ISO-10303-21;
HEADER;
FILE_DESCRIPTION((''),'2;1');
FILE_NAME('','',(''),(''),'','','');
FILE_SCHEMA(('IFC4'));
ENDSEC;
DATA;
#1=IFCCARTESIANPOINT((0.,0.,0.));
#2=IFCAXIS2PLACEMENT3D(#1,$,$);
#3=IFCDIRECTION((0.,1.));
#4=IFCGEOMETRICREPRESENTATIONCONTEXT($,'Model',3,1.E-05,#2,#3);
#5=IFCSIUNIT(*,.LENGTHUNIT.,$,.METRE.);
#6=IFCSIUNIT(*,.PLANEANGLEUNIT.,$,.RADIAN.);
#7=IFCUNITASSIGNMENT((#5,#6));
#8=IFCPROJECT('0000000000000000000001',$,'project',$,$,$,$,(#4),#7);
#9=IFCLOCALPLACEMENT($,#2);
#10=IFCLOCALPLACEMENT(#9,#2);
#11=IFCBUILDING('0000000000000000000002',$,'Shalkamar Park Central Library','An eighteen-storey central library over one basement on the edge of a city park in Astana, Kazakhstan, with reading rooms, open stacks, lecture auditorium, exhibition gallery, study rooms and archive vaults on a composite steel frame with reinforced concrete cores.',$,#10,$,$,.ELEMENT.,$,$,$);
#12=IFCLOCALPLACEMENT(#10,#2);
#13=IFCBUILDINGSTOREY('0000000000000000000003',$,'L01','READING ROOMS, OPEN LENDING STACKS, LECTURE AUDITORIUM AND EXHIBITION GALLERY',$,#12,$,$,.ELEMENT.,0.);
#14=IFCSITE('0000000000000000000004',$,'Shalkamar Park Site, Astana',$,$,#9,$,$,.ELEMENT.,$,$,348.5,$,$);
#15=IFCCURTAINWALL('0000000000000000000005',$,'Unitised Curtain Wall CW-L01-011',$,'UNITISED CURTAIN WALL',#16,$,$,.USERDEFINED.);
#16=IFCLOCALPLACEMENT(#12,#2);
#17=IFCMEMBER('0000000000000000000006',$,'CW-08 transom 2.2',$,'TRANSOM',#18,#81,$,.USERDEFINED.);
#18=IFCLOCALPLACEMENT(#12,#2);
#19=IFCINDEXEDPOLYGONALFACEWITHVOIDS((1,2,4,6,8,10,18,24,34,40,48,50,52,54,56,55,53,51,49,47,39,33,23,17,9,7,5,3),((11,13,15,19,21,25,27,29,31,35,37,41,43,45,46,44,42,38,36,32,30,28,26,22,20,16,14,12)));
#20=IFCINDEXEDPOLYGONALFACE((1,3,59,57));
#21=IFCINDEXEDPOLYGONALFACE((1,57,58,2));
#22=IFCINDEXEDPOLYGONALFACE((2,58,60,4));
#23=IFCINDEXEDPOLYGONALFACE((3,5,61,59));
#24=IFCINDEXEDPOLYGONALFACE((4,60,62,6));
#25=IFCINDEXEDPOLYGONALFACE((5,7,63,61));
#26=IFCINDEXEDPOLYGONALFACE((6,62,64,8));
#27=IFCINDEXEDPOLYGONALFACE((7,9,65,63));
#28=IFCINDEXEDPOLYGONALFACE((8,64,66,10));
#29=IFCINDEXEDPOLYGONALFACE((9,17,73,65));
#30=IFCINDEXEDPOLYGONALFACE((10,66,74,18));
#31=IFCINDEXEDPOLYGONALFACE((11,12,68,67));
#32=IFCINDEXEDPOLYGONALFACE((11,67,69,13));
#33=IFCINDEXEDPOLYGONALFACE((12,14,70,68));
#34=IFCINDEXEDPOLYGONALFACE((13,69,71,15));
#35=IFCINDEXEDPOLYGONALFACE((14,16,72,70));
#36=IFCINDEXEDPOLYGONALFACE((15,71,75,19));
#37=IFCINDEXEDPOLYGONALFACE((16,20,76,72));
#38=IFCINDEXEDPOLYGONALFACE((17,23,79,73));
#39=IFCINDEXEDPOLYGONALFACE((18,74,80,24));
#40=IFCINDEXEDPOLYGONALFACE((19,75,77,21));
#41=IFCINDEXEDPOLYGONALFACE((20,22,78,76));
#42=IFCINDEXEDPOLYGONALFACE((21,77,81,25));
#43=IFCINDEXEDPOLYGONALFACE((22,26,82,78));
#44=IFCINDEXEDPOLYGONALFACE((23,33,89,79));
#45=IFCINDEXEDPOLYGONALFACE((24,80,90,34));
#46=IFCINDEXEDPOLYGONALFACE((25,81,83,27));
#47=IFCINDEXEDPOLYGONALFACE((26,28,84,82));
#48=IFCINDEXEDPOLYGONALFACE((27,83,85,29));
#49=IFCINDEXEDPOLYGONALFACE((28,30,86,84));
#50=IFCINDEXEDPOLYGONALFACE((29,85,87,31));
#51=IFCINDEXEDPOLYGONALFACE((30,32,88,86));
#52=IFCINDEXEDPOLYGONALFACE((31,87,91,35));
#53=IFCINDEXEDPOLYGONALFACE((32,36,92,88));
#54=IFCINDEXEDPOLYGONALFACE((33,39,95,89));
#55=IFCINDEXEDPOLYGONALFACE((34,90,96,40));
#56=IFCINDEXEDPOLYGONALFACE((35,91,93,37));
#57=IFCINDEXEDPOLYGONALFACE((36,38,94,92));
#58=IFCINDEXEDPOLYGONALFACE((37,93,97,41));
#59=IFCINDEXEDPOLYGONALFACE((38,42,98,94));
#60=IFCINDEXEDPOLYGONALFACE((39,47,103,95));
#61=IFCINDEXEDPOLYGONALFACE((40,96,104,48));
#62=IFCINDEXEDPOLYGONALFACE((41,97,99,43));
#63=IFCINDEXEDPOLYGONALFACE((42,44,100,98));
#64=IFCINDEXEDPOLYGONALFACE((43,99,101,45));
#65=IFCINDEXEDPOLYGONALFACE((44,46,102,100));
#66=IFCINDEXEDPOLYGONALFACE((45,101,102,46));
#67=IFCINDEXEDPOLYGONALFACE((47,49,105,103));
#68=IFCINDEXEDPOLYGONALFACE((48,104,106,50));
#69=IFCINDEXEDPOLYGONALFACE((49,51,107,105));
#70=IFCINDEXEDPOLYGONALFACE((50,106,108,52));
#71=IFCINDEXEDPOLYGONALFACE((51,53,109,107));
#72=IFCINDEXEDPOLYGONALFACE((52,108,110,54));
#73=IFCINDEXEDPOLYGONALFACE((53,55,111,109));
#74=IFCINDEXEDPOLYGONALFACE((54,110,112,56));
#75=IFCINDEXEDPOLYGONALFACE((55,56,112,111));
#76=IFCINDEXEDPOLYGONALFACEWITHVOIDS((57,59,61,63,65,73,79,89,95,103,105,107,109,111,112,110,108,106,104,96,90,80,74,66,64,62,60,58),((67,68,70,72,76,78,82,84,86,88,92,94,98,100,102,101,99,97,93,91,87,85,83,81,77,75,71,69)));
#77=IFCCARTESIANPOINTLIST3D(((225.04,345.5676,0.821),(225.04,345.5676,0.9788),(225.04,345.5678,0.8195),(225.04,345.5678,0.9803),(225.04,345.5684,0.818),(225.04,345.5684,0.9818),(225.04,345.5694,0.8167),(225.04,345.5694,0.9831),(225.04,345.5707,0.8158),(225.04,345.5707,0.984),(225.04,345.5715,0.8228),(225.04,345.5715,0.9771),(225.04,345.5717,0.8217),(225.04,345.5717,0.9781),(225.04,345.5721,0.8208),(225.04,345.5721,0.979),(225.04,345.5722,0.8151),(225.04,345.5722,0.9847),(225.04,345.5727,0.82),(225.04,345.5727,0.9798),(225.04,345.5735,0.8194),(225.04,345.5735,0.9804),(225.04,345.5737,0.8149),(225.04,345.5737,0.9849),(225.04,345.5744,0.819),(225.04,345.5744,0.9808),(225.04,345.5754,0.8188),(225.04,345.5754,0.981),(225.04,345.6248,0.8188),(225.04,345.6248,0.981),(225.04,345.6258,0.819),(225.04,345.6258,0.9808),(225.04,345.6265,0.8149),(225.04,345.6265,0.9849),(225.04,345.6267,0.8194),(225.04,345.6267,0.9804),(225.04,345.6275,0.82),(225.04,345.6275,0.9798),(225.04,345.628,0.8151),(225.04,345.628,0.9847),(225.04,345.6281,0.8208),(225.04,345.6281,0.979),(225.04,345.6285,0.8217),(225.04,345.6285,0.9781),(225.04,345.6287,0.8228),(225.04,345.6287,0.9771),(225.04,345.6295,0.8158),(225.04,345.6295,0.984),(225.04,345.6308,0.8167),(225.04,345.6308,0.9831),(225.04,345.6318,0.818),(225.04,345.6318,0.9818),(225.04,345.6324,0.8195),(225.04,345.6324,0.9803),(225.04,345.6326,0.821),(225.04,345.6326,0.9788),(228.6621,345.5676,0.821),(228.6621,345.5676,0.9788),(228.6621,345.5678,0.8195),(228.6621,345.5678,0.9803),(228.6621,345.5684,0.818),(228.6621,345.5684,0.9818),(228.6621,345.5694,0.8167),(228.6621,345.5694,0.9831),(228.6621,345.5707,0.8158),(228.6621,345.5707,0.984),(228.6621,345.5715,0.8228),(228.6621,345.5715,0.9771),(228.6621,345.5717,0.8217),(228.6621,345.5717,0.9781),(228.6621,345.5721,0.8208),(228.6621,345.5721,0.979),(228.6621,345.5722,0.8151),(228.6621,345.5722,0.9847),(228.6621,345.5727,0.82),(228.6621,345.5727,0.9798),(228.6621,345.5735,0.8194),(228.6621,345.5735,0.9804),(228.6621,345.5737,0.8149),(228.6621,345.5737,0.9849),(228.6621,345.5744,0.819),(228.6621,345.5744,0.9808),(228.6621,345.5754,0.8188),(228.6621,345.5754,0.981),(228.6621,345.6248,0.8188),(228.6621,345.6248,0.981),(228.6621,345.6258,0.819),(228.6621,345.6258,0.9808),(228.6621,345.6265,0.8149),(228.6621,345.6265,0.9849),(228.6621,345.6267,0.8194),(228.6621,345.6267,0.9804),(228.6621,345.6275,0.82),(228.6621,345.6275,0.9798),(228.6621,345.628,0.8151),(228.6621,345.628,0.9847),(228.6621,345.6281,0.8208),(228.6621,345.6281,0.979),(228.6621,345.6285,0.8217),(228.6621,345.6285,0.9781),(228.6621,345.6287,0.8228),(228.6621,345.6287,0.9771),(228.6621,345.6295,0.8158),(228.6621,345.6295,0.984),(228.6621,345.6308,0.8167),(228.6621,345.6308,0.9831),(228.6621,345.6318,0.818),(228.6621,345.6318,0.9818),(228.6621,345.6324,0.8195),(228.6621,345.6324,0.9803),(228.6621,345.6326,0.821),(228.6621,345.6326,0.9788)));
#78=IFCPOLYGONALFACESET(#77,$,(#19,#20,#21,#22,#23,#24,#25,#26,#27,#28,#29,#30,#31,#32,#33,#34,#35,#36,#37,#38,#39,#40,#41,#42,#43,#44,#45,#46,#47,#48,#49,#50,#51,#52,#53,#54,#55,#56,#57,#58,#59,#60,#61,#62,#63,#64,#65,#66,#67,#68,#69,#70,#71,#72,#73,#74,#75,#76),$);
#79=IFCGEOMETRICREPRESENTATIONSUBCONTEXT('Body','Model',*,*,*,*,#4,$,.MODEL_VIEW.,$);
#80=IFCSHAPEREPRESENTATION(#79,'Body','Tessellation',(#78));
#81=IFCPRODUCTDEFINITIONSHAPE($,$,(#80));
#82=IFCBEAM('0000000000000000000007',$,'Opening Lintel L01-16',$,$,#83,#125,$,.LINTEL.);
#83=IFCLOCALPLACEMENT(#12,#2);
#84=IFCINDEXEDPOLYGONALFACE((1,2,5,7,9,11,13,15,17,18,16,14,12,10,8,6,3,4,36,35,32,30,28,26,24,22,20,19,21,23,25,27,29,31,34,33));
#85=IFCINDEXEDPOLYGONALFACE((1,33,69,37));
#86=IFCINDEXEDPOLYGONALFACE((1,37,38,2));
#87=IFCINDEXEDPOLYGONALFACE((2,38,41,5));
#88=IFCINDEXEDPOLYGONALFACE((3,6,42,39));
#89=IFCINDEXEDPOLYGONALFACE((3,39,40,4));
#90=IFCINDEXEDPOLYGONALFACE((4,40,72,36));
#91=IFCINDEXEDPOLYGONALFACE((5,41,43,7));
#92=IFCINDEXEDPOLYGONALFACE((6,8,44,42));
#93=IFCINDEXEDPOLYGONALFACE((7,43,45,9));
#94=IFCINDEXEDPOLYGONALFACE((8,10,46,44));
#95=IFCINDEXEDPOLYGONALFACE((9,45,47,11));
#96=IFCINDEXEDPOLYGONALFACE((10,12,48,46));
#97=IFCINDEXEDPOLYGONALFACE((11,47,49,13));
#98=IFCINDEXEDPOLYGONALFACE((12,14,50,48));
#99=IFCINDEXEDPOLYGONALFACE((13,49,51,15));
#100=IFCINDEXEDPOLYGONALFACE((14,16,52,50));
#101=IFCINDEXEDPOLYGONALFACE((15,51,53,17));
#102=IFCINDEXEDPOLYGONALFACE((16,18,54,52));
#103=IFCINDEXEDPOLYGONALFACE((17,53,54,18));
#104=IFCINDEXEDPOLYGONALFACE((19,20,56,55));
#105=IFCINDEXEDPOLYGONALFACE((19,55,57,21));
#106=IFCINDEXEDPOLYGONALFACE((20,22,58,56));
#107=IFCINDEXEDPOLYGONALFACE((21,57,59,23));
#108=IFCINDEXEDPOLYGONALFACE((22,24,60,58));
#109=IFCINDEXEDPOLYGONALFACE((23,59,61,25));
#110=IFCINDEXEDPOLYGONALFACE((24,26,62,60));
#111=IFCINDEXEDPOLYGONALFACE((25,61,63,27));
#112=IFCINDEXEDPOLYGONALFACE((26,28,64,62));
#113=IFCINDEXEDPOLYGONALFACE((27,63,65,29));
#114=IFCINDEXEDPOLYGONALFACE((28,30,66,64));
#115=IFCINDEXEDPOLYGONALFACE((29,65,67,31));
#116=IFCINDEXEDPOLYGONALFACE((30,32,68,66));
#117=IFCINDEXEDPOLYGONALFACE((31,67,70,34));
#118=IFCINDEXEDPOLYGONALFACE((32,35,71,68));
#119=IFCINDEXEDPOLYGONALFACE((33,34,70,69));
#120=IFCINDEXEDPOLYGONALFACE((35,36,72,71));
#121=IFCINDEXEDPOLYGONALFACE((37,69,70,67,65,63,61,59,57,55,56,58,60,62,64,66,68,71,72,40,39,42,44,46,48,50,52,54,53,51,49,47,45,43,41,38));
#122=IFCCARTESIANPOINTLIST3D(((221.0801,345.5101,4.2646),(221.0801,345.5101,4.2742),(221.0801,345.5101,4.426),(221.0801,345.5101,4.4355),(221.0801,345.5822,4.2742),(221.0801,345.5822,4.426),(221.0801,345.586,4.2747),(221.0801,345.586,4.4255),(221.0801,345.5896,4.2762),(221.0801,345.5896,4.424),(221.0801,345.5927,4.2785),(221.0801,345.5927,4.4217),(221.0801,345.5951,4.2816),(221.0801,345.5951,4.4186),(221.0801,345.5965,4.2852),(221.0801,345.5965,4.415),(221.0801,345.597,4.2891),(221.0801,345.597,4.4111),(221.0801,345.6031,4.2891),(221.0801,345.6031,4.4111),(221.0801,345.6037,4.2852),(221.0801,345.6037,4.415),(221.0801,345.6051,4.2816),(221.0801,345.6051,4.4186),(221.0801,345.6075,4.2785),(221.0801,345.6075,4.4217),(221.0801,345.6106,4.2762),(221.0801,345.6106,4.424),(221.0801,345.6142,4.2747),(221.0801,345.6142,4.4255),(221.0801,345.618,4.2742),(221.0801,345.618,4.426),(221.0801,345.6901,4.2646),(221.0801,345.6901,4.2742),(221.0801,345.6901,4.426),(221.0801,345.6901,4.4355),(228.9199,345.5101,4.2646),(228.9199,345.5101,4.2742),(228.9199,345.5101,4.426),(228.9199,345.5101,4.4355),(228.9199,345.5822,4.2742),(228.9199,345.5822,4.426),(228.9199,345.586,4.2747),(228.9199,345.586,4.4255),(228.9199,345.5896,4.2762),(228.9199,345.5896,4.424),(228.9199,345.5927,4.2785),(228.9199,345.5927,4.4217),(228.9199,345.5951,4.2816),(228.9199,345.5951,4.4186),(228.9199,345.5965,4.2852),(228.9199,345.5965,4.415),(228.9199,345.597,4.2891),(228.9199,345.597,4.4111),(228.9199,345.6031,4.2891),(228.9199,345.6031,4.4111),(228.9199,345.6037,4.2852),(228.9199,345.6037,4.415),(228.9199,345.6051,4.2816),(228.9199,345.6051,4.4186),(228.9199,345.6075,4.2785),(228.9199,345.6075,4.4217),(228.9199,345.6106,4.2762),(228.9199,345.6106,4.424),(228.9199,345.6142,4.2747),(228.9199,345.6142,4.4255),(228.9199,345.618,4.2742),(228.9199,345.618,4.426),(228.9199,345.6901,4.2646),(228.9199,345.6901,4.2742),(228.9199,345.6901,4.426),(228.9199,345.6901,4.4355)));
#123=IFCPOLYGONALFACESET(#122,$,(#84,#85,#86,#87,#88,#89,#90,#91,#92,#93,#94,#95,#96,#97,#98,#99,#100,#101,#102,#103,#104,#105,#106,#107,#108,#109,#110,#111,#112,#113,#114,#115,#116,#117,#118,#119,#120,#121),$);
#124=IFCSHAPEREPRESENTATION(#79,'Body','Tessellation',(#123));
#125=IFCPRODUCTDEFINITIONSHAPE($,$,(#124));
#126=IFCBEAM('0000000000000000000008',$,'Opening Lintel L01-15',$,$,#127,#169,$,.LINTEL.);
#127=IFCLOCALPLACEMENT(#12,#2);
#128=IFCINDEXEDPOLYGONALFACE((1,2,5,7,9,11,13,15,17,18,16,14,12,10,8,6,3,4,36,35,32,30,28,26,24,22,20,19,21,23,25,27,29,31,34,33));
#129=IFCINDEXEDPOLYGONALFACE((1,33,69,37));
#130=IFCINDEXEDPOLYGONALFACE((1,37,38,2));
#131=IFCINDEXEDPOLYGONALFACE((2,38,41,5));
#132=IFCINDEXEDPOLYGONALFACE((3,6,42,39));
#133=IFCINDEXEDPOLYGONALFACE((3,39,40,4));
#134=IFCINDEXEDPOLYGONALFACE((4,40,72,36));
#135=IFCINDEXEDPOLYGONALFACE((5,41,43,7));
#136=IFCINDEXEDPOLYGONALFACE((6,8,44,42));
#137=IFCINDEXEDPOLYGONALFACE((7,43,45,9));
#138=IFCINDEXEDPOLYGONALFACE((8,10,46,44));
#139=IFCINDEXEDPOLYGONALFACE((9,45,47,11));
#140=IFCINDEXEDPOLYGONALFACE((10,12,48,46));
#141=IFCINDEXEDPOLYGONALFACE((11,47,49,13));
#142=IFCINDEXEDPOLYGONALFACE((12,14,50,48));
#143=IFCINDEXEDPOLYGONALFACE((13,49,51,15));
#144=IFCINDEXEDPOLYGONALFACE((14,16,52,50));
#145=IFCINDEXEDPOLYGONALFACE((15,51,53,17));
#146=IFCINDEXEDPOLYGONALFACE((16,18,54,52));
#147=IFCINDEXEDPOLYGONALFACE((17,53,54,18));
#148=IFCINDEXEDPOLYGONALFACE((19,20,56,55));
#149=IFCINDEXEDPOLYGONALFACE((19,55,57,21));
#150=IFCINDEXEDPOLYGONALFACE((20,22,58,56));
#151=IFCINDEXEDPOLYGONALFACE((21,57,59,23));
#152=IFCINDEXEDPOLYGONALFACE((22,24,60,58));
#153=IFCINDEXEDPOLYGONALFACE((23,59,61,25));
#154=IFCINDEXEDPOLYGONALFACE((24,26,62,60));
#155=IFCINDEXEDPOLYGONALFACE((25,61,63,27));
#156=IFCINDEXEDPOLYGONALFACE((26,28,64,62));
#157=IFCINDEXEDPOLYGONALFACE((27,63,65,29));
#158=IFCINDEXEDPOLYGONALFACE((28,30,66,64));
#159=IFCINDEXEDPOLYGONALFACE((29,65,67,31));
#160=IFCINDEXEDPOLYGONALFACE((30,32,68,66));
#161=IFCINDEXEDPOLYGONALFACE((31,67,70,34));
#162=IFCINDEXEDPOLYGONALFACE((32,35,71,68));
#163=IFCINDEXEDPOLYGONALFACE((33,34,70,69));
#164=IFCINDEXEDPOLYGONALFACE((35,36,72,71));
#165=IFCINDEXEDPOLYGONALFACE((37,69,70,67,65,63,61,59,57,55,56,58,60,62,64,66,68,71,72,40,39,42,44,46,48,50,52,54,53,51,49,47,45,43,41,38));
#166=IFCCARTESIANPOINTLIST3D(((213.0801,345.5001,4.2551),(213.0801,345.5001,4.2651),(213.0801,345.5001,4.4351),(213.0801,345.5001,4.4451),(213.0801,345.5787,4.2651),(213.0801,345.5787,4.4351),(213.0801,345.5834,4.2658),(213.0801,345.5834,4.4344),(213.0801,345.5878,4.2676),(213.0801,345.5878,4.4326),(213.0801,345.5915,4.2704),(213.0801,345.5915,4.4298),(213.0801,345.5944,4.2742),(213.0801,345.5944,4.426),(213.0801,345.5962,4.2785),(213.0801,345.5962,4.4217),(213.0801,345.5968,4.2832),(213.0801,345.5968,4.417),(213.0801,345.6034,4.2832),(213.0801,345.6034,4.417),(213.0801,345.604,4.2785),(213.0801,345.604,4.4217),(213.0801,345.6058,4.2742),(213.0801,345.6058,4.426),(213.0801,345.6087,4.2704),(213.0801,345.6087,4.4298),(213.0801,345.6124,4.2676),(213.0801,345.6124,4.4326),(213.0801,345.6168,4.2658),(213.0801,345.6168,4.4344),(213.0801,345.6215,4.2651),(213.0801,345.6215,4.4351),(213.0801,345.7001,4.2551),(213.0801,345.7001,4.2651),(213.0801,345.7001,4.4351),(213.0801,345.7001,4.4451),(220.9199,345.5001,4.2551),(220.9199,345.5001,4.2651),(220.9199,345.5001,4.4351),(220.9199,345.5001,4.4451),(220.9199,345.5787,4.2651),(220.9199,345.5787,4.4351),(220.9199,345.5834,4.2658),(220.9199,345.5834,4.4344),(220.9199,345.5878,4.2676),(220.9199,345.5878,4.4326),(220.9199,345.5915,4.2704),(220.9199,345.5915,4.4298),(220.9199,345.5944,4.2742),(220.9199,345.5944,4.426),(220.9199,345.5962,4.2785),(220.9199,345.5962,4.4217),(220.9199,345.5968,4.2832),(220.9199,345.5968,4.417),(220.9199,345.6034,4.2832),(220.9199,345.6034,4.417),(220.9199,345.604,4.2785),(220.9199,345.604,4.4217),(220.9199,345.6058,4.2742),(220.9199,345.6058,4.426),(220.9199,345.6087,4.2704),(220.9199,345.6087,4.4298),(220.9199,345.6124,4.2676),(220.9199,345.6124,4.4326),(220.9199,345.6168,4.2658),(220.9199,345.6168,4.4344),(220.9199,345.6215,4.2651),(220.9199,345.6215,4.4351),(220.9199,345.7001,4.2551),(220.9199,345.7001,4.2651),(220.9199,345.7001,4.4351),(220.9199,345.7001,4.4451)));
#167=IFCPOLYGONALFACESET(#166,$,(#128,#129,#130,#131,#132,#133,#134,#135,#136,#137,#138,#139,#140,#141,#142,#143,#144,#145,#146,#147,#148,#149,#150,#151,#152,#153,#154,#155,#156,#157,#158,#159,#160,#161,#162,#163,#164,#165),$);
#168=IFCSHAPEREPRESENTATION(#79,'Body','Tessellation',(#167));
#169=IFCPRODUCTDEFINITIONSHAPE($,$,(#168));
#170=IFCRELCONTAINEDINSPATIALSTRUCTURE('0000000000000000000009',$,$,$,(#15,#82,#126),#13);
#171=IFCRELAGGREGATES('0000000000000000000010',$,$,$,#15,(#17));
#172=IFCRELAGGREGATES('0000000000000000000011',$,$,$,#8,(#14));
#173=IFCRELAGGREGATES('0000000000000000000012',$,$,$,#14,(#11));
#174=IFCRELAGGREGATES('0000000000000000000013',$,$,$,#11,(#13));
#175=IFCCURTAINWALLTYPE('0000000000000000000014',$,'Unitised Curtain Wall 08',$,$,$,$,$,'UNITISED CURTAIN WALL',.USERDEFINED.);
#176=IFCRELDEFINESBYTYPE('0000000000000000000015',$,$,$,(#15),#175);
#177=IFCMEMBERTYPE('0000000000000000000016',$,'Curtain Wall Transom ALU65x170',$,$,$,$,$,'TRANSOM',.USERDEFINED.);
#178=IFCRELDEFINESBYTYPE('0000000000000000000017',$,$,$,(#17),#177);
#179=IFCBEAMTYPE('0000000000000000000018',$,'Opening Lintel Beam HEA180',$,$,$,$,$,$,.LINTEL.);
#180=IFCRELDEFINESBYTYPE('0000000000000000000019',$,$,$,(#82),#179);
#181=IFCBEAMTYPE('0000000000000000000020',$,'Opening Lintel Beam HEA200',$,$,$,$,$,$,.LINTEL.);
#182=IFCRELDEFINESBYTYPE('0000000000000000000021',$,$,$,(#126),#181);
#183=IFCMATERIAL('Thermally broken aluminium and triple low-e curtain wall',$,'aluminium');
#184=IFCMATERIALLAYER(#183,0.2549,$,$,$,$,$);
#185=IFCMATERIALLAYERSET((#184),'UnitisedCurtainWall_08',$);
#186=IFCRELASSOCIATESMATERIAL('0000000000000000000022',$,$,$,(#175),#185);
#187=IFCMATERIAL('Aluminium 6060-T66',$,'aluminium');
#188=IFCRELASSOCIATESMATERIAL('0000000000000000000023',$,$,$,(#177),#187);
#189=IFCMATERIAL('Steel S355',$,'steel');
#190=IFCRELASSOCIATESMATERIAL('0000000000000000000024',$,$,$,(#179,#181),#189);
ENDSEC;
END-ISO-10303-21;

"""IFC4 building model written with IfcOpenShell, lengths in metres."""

from ifc_helpers import new_model, si_unit, direction, frame, origin, origin_2d, place, context, subcontext, project, spatial, hollow_rectangle, i_section, extrude, material, layer, layer_set, material_profile, profile_set, type_object, element, aggregate, save


model = new_model("IFC4")

# Units and contexts
model_context = context("Model", 3, precision=1e-05, world=origin(), true_north=direction((0.0, 1.0)))
body_context = subcontext(model_context, "Body", "Model", "MODEL_VIEW")
ifc_project = project(units=[si_unit("LENGTHUNIT", "METRE"), si_unit("PLANEANGLEUNIT", "RADIAN")], contexts=[model_context])

# Site, building, storey
site_placement = place(None, origin())
site = spatial("IfcSite", under=ifc_project, at=site_placement, Name="Shalkamar Park Site, Astana", CompositionType="ELEMENT", RefElevation=348.5)
building_placement = place(site_placement, origin())
building = spatial("IfcBuilding", under=site, at=building_placement, Name="Shalkamar Park Central Library", Description="An eighteen-storey central library over one basement on the edge of a city park in Astana, Kazakhstan, with reading rooms, open stacks, lecture auditorium, exhibition gallery, study rooms and archive vaults on a composite steel frame with reinforced concrete cores.", CompositionType="ELEMENT")
storey_placement = place(building_placement, origin())
storey = spatial("IfcBuildingStorey", under=building, at=storey_placement, Name="L01", Description="READING ROOMS, OPEN LENDING STACKS, LECTURE AUDITORIUM AND EXHIBITION GALLERY", CompositionType="ELEMENT", Elevation=0.0)

# Shared definitions
ifc_material_1 = material(Name="Steel S355", Category="steel")

# Curtain wall, member
ifc_material_2 = material(Name="Thermally broken aluminium and triple low-e curtain wall", Category="aluminium")
ifc_layer_1 = layer(ifc_material_2, 0.2549)
ifc_layer_set_1 = layer_set([ifc_layer_1], Name="UnitisedCurtainWall_08")
curtain_wall_type = type_object("IfcCurtainWallType", Name="Unitised Curtain Wall 08", ElementType="UNITISED CURTAIN WALL", PredefinedType="USERDEFINED", material=ifc_layer_set_1)
curtain_wall_placement = place(storey_placement, origin())
curtain_wall = element("IfcCurtainWall", 1, at=curtain_wall_placement, inside=storey, type_object=curtain_wall_type, Name="Unitised Curtain Wall CW-L01-011", ObjectType="UNITISED CURTAIN WALL", PredefinedType="USERDEFINED")
ifc_material_3 = material(Name="Aluminium 6060-T66", Category="aluminium")
ifc_material_profile_1 = material_profile(ifc_material_3, hollow_rectangle(XDim=0.0649, YDim=0.1699, WallThickness=0.0039, InnerFilletRadius=0.0039, OuterFilletRadius=0.0061, at=origin_2d()), Name="ALU 65x170x4")
ifc_profile_set_1 = profile_set([ifc_material_profile_1], Name="Aluminium 6060-T66")
member_type_1 = type_object("IfcMemberType", Name="Curtain Wall Transom ALU65x170", ElementType="TRANSOM", PredefinedType="USERDEFINED", material=ifc_profile_set_1)
member_1_placement = place(storey_placement, frame((225.04, 345.6001, 0.8999), z_axis=(1.0, 0.0, 0.0), x_axis=(0.0, 1.0, 0.0)))
member_1 = element("IfcMember", 2, at=member_1_placement, type_object=member_type_1, Name="CW-08 transom 2.2", ObjectType="TRANSOM", PredefinedType="USERDEFINED", context=body_context, shape_type="SweptSolid", body=[
    extrude(hollow_rectangle(XDim=0.0649, YDim=0.1699, WallThickness=0.0039, InnerFilletRadius=0.0039, OuterFilletRadius=0.0061, at=origin_2d()), origin(), (0.0, 0.0, 1.0), 3.6221),
])

# Beams
ifc_material_profile_2 = material_profile(ifc_material_1, i_section(OverallWidth=0.1799, OverallDepth=0.1709, WebThickness=0.0061, FlangeThickness=0.0095, FilletRadius=0.0149, at=origin_2d()), Name="HEA 180")
ifc_profile_set_2 = profile_set([ifc_material_profile_2], Name="Steel S355")
beam_type_1 = type_object("IfcBeamType", Name="Opening Lintel Beam HEA180", PredefinedType="LINTEL", material=ifc_profile_set_2)
beam_1_placement = place(storey_placement, frame((221.0801, 345.6001, 4.3501), z_axis=(1.0, 0.0, 0.0), x_axis=(0.0, 1.0, 0.0)))
element("IfcBeam", 3, at=beam_1_placement, inside=storey, type_object=beam_type_1, Name="Opening Lintel L01-16", PredefinedType="LINTEL", context=body_context, shape_type="SweptSolid", body=[
    extrude(i_section(OverallWidth=0.1799, OverallDepth=0.1709, WebThickness=0.0061, FlangeThickness=0.0095, FilletRadius=0.0149, at=origin_2d()), origin(), (0.0, 0.0, 1.0), 7.8398),
])
ifc_material_profile_3 = material_profile(ifc_material_1, i_section(OverallWidth=0.2, OverallDepth=0.1899, WebThickness=0.0066, FlangeThickness=0.01, FilletRadius=0.0181, at=origin_2d()), Name="HEA 200")
ifc_profile_set_3 = profile_set([ifc_material_profile_3], Name="Steel S355")
beam_type_2 = type_object("IfcBeamType", Name="Opening Lintel Beam HEA200", PredefinedType="LINTEL", material=ifc_profile_set_3)
beam_2_placement = place(storey_placement, frame((213.0801, 345.6001, 4.3501), z_axis=(1.0, 0.0, 0.0), x_axis=(0.0, 1.0, 0.0)))
element("IfcBeam", 4, at=beam_2_placement, inside=storey, type_object=beam_type_2, Name="Opening Lintel L01-15", PredefinedType="LINTEL", context=body_context, shape_type="SweptSolid", body=[
    extrude(i_section(OverallWidth=0.2, OverallDepth=0.1899, WebThickness=0.0066, FlangeThickness=0.01, FilletRadius=0.0181, at=origin_2d()), origin(), (0.0, 0.0, 1.0), 7.8398),
])

aggregate(curtain_wall, [member_1])

save(model, "model.ifc")
